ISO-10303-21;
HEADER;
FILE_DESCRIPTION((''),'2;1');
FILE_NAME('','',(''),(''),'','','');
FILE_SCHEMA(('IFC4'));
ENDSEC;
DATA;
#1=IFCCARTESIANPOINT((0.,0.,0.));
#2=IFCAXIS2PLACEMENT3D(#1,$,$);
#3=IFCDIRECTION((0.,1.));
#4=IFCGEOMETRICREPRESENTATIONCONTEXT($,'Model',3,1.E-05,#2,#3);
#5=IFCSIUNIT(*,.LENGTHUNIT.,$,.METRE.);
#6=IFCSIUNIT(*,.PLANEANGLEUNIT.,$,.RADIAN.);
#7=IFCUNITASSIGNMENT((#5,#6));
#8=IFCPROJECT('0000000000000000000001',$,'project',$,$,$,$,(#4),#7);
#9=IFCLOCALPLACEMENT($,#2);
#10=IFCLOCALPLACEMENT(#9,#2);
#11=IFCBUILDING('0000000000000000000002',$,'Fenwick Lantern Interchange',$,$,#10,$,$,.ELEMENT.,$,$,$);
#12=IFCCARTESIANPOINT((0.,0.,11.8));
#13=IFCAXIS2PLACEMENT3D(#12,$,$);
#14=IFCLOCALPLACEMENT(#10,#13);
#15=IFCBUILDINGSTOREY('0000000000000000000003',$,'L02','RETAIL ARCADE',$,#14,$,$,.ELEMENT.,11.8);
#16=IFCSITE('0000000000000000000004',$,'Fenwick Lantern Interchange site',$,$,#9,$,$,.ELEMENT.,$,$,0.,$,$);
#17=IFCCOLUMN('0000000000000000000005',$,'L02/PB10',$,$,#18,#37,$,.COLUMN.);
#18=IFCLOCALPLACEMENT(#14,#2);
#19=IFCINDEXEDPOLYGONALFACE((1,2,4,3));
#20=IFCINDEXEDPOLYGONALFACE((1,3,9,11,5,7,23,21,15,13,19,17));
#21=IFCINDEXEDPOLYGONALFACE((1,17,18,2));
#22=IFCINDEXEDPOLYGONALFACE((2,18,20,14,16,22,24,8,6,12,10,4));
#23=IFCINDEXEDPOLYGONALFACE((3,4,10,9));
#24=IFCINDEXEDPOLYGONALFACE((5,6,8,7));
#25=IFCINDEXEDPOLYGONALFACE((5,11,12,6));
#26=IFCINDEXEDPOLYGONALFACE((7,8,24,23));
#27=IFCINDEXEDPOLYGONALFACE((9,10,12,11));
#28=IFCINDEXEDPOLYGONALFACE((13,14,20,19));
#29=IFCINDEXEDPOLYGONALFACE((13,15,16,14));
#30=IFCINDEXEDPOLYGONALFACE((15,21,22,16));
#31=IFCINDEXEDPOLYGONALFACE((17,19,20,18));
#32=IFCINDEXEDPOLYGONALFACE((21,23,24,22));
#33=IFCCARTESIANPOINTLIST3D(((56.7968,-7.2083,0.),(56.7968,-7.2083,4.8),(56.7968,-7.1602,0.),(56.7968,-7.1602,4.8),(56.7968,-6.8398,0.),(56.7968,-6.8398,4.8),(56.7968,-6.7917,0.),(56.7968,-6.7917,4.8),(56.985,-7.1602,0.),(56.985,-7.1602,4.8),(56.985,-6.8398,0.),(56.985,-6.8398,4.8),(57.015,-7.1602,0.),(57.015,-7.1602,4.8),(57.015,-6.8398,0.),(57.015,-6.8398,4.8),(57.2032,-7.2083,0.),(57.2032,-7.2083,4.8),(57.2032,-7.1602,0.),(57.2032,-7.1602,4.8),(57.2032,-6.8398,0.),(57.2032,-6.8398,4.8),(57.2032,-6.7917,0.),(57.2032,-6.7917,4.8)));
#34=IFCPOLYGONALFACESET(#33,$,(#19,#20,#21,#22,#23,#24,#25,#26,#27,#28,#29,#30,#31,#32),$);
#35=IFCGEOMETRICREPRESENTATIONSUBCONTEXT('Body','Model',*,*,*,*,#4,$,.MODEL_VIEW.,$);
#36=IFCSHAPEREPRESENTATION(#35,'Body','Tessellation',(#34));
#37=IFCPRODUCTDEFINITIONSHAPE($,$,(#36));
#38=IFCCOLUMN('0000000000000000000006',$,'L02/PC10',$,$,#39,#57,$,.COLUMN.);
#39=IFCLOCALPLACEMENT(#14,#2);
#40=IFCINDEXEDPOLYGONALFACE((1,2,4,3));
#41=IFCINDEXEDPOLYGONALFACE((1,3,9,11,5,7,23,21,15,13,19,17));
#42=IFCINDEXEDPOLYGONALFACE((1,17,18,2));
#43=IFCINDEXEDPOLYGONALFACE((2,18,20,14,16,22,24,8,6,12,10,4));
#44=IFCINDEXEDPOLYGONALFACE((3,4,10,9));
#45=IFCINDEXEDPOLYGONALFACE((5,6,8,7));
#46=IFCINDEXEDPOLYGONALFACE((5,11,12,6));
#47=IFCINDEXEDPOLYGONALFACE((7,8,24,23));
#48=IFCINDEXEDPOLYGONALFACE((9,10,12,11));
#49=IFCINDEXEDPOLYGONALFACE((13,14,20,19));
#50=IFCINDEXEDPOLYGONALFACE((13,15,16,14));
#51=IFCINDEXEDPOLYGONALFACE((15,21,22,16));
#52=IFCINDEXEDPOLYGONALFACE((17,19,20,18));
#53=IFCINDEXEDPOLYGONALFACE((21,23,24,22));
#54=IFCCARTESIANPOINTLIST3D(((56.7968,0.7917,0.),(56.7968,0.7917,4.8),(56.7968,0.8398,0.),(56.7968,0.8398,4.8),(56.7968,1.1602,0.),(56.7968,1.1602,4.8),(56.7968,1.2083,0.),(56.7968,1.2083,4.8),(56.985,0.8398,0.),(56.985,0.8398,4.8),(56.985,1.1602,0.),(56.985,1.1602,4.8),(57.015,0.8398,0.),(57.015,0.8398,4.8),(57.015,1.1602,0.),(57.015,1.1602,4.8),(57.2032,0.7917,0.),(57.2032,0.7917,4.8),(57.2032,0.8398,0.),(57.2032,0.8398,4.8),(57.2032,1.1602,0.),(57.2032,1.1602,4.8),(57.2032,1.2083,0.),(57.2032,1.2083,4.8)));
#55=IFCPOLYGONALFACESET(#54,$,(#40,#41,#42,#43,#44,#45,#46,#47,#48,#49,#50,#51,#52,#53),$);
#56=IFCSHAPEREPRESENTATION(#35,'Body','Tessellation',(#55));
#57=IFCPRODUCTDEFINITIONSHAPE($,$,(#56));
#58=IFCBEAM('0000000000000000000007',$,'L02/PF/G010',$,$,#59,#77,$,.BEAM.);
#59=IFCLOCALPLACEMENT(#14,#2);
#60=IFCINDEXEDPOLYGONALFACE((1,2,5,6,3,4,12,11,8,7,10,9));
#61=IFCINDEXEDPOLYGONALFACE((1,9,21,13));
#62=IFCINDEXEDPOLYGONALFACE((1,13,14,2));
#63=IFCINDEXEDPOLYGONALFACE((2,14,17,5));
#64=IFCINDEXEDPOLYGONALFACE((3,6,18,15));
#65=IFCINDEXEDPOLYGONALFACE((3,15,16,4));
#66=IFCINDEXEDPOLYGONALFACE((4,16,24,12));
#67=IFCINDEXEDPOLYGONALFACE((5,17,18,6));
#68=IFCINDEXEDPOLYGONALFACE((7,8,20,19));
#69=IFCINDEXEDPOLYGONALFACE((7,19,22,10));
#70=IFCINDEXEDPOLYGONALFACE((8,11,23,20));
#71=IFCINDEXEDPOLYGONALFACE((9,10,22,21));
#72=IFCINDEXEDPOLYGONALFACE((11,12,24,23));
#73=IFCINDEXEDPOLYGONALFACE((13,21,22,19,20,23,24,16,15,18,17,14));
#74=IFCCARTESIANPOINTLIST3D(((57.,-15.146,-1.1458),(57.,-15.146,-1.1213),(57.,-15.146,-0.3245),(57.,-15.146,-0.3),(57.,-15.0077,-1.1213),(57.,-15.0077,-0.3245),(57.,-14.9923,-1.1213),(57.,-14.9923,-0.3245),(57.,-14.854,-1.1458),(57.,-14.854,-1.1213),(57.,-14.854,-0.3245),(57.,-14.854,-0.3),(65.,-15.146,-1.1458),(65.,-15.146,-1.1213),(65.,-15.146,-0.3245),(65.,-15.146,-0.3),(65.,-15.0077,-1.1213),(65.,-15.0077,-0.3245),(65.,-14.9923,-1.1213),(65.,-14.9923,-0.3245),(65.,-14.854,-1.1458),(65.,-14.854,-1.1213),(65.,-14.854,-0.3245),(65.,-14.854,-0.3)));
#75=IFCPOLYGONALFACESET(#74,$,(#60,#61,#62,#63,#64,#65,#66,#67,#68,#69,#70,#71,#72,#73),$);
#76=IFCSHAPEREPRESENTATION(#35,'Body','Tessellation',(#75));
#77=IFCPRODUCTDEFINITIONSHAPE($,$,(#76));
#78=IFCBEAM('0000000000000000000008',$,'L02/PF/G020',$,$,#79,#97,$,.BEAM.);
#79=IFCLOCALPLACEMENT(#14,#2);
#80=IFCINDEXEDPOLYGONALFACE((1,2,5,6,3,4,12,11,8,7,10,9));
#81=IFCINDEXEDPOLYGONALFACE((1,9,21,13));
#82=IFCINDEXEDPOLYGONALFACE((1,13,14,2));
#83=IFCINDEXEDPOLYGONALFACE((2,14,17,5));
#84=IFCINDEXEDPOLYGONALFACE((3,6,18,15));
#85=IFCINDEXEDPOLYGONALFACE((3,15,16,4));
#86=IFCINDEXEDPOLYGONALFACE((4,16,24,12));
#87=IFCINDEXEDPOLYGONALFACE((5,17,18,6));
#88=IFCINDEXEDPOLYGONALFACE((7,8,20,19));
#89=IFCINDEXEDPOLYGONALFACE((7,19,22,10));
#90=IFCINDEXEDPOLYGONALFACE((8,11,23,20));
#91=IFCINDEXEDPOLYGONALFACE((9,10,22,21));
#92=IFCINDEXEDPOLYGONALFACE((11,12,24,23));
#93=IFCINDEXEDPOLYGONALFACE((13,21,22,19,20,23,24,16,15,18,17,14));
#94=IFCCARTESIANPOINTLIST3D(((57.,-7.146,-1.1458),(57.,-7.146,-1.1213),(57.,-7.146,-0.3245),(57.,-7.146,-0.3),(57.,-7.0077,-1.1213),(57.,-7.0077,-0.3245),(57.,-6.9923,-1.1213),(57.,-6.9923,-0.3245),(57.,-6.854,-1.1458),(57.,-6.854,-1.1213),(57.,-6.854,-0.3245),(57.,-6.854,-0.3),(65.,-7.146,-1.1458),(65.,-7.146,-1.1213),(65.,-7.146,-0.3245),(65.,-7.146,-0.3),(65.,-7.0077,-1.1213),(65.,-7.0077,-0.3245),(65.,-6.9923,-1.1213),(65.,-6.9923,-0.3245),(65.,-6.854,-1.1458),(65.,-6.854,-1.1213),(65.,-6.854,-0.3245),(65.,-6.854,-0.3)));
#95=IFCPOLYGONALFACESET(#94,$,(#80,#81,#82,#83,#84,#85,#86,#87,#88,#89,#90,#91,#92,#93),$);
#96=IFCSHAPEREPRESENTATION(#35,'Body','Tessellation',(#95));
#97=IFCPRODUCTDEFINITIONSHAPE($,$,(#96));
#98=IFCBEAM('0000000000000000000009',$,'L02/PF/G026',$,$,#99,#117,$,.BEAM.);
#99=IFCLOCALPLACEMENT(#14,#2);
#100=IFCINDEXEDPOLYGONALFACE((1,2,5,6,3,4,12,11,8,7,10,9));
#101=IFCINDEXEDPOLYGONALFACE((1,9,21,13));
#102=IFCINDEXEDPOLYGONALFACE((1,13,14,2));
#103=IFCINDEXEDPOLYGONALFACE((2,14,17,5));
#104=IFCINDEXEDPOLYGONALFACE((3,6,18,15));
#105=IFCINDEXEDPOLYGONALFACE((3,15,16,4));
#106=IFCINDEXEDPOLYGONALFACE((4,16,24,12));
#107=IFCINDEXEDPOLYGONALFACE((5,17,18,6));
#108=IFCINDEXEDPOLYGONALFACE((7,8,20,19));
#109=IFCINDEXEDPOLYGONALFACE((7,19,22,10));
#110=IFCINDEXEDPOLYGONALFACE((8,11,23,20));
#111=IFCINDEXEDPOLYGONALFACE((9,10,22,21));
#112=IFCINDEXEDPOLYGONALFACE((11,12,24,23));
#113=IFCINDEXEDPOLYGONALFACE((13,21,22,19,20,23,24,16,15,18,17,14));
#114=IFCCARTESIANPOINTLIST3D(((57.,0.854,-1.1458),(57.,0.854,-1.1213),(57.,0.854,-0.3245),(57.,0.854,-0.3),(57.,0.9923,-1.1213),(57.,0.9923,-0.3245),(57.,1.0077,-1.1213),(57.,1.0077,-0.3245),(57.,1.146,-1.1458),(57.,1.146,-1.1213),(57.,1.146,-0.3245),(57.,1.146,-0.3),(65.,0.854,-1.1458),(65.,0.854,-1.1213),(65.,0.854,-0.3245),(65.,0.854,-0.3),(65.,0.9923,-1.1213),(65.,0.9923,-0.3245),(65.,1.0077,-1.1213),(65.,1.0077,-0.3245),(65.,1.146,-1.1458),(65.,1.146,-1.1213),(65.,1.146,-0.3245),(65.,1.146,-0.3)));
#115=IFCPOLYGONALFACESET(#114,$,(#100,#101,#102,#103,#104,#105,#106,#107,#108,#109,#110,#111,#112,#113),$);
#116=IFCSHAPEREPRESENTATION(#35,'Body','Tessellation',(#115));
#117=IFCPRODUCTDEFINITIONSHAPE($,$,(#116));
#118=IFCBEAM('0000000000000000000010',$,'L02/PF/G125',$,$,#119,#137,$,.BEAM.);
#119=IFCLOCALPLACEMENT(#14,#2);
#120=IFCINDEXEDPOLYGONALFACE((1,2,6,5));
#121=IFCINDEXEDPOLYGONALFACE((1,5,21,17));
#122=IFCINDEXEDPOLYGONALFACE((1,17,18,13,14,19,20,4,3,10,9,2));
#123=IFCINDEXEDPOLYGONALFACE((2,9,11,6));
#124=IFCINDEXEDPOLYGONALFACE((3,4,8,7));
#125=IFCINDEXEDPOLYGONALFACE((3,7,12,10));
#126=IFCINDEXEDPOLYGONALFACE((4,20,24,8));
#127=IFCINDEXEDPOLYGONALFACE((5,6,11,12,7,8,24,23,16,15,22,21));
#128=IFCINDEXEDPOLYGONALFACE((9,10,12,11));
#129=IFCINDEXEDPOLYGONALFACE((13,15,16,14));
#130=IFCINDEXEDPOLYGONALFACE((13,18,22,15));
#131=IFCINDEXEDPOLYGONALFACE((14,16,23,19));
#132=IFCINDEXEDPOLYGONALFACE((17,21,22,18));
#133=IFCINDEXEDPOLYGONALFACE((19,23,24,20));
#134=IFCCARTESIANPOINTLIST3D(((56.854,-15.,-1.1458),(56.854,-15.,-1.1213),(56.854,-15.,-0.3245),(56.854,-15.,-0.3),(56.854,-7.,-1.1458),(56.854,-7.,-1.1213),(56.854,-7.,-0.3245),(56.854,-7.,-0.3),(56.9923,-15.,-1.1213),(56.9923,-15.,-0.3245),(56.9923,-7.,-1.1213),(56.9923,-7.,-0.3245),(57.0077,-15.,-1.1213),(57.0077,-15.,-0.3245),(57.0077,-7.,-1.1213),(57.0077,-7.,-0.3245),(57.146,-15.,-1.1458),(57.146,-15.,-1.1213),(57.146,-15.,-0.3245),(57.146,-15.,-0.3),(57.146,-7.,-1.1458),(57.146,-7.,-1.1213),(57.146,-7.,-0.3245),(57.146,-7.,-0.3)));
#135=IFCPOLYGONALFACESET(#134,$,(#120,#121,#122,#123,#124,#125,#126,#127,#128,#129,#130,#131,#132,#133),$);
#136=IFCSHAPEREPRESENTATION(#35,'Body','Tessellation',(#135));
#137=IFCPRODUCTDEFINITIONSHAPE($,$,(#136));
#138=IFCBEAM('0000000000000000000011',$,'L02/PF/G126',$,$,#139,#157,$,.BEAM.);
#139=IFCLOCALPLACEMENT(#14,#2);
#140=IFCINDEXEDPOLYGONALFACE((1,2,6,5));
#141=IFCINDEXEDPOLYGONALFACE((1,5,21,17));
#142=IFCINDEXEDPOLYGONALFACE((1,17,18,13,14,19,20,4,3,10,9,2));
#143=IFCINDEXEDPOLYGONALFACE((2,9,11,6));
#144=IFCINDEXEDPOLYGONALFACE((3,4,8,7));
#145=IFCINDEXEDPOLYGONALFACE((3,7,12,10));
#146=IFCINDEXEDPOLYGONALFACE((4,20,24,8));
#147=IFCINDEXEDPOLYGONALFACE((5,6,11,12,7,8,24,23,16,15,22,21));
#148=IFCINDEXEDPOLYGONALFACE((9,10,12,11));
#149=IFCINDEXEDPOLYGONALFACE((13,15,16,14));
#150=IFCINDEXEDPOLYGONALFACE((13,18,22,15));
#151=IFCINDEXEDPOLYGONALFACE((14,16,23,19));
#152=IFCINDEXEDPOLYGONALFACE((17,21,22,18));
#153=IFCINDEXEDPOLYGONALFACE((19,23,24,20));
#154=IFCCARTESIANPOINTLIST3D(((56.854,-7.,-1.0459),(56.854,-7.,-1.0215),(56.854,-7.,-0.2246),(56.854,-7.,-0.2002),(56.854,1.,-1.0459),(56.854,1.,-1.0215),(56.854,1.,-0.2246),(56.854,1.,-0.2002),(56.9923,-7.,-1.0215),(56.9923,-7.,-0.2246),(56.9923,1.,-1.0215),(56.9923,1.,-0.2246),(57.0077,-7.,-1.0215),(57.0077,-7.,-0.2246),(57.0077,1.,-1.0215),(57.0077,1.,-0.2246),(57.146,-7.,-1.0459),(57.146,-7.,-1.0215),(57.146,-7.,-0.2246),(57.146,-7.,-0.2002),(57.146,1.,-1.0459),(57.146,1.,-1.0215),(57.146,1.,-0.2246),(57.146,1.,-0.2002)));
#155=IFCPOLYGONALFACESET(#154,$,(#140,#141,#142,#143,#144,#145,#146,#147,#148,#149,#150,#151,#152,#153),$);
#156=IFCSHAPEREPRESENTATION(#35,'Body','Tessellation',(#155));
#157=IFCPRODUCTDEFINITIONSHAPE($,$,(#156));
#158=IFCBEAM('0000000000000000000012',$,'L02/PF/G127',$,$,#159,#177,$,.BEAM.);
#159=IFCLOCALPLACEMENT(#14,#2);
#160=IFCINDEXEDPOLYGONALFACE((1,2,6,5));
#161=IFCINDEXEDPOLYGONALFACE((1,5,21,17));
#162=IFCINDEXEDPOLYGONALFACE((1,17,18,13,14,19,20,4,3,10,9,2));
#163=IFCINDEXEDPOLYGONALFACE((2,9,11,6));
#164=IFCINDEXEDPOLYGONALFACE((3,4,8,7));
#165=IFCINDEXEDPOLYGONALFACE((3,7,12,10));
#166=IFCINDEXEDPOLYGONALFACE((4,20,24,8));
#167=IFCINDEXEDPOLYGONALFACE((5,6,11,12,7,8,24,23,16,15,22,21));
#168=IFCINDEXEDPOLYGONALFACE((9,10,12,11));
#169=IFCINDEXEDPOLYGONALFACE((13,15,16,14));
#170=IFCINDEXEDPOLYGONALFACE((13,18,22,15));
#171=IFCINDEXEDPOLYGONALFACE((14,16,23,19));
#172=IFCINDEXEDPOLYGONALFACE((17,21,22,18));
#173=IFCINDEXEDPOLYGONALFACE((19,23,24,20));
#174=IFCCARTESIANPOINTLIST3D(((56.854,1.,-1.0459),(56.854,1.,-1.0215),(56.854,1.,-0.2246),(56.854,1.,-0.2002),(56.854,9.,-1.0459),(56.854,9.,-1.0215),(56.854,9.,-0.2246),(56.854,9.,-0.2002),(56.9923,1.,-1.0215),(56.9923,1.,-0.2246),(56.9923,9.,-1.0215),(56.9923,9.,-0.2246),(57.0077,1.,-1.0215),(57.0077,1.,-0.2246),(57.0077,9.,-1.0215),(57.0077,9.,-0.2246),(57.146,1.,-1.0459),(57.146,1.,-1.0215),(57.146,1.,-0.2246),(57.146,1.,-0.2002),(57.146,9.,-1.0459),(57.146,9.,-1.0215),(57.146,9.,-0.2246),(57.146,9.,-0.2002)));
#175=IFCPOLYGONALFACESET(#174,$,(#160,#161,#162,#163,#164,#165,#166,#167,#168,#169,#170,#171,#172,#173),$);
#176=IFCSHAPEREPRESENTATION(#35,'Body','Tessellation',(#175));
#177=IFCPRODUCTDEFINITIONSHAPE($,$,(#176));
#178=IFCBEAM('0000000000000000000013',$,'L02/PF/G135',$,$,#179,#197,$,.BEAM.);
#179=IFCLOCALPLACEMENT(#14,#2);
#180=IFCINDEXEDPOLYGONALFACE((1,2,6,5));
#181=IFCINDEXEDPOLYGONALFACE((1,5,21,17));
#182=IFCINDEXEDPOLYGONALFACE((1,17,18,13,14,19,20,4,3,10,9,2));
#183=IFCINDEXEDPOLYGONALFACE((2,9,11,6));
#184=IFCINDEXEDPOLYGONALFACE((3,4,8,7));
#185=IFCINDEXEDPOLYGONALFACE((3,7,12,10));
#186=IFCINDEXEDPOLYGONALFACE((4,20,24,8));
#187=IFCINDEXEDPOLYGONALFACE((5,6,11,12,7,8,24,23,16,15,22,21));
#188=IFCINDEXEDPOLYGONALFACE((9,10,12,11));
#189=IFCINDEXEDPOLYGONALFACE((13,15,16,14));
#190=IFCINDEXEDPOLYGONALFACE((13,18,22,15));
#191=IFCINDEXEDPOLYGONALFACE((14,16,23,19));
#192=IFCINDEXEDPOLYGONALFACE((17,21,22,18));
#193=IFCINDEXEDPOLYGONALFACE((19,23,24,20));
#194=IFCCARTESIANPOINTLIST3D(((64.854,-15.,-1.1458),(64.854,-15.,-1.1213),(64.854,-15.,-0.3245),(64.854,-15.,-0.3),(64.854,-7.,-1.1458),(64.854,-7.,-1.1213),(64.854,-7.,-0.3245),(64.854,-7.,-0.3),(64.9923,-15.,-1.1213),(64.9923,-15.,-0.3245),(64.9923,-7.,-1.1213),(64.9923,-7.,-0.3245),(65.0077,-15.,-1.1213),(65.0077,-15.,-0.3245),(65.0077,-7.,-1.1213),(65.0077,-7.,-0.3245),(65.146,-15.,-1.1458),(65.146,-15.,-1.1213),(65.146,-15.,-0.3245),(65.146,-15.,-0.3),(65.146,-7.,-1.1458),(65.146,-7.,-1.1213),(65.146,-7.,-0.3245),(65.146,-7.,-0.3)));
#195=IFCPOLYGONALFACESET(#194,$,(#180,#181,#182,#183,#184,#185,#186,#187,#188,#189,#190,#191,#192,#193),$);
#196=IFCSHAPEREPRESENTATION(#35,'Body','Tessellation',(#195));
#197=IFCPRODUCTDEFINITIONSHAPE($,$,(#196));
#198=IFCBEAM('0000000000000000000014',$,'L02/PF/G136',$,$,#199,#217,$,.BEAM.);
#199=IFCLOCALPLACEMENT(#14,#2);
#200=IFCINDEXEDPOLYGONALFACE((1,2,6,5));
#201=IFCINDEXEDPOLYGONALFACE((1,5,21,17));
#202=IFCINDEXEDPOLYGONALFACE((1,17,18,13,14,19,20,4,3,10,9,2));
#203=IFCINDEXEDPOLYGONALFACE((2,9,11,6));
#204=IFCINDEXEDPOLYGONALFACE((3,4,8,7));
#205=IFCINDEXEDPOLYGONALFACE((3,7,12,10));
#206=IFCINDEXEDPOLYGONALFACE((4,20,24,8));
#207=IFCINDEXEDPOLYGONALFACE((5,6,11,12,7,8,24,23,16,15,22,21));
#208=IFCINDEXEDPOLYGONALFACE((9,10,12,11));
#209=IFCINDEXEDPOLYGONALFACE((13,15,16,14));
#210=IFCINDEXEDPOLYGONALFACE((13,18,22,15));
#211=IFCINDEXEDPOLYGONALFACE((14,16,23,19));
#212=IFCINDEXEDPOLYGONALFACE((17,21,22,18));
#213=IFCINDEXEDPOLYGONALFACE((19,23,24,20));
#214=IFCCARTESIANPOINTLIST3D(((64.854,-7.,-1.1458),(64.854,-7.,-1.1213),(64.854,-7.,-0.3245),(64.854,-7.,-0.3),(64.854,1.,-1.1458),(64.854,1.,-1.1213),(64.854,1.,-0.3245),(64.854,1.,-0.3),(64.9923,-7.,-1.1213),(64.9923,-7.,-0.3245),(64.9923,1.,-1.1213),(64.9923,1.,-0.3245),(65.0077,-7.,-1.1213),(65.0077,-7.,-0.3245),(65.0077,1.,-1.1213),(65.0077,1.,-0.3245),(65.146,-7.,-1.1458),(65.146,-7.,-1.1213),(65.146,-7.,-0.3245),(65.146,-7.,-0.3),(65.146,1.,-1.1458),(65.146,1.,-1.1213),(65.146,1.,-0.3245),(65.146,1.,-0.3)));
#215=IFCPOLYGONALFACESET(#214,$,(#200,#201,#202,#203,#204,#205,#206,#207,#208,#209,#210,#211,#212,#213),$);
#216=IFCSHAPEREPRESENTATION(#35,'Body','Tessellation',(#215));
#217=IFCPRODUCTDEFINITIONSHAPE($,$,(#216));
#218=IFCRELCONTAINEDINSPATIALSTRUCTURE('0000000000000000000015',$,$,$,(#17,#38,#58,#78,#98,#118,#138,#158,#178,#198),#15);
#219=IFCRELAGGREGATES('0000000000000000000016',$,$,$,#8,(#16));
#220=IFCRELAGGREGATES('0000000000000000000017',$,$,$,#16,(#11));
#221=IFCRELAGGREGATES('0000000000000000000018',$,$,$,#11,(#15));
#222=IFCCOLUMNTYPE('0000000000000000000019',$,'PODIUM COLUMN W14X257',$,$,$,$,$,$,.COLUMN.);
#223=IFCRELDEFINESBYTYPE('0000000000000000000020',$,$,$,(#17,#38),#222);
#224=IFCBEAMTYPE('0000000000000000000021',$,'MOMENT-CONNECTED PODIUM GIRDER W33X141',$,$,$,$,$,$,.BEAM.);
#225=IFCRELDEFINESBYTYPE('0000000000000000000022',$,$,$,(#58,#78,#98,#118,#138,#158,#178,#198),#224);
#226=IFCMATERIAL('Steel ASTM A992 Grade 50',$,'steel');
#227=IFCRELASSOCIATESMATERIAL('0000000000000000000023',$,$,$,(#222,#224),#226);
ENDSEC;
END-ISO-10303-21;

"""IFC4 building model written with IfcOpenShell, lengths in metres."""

from ifc_helpers import new_model, si_unit, direction, frame, origin, origin_2d, place, context, subcontext, project, spatial, i_section, extrude, material, material_profile, profile_set, type_object, element, save


model = new_model("IFC4")

# Units and contexts
model_context = context("Model", 3, precision=1e-05, world=origin(), true_north=direction((0.0, 1.0)))
body_context = subcontext(model_context, "Body", "Model", "MODEL_VIEW")
ifc_project = project(units=[si_unit("LENGTHUNIT", "METRE"), si_unit("PLANEANGLEUNIT", "RADIAN")], contexts=[model_context])

# Site, building, storey
site_placement = place(None, origin())
site = spatial("IfcSite", under=ifc_project, at=site_placement, Name="Fenwick Lantern Interchange site", CompositionType="ELEMENT", RefElevation=0.0)
building_placement = place(site_placement, origin())
building = spatial("IfcBuilding", under=site, at=building_placement, Name="Fenwick Lantern Interchange", CompositionType="ELEMENT")
storey_placement = place(building_placement, frame((0.0, 0.0, 11.8)))
storey = spatial("IfcBuildingStorey", under=building, at=storey_placement, Name="L02", Description="RETAIL ARCADE", CompositionType="ELEMENT", Elevation=11.8)

# Columns
ifc_material_1 = material(Name="Steel ASTM A992 Grade 50", Category="steel")
ifc_material_profile_1 = material_profile(ifc_material_1, i_section(OverallWidth=0.4065, OverallDepth=0.4165, WebThickness=0.03, FlangeThickness=0.0481, at=origin_2d()), Name="W14X257")
ifc_profile_set_1 = profile_set([ifc_material_profile_1], Name="Steel ASTM A992 Grade 50")
column_type = type_object("IfcColumnType", Name="PODIUM COLUMN W14X257", PredefinedType="COLUMN", material=ifc_profile_set_1)
for number, where, z_axis, x_axis, name in (
    (1, (57.0, -7.0, 0.0), (0.0, 0.0, 1.0), (1.0, 0.0, 0.0), "L02/PB10"),
    (2, (57.0, 1.0, 0.0), (0.0, 0.0, 1.0), (1.0, 0.0, 0.0), "L02/PC10"),
):
    element("IfcColumn", number, at=place(storey_placement, frame(where, z_axis=z_axis, x_axis=x_axis)), inside=storey, type_object=column_type, Name=name, PredefinedType="COLUMN", context=body_context, shape_type="SweptSolid", body=[
        extrude(i_section(OverallWidth=0.4065, OverallDepth=0.4165, WebThickness=0.03, FlangeThickness=0.0481, at=origin_2d()), origin(), (0.0, 0.0, 1.0), 4.8),
    ])

# Beams
ifc_material_profile_2 = material_profile(ifc_material_1, i_section(OverallWidth=0.292, OverallDepth=0.8457, WebThickness=0.0154, FlangeThickness=0.0244, at=origin_2d()), Name="W33X141")
ifc_profile_set_2 = profile_set([ifc_material_profile_2], Name="Steel ASTM A992 Grade 50")
beam_type_1 = type_object("IfcBeamType", Name="MOMENT-CONNECTED PODIUM GIRDER W33X141", PredefinedType="BEAM", material=ifc_profile_set_2)
for number, where, z_axis, x_axis, name in (
    (3, (57.0, -15.0, -0.7229), (1.0, 0.0, 0.0), (0.0, 1.0, 0.0), "L02/PF/G010"),
    (4, (57.0, -7.0, -0.7229), (1.0, 0.0, 0.0), (0.0, 1.0, 0.0), "L02/PF/G020"),
    (5, (57.0, 1.0, -0.7229), (1.0, 0.0, 0.0), (0.0, 1.0, 0.0), "L02/PF/G026"),
    (6, (57.0, -15.0, -0.7229), (0.0, 1.0, 0.0), (-1.0, 0.0, 0.0), "L02/PF/G125"),
    (7, (57.0, -7.0, -0.623), (0.0, 1.0, 0.0), (-1.0, 0.0, 0.0), "L02/PF/G126"),
    (8, (57.0, 1.0, -0.623), (0.0, 1.0, 0.0), (-1.0, 0.0, 0.0), "L02/PF/G127"),
    (9, (65.0, -15.0, -0.7229), (0.0, 1.0, 0.0), (-1.0, 0.0, 0.0), "L02/PF/G135"),
    (10, (65.0, -7.0, -0.7229), (0.0, 1.0, 0.0), (-1.0, 0.0, 0.0), "L02/PF/G136"),
):
    element("IfcBeam", number, at=place(storey_placement, frame(where, z_axis=z_axis, x_axis=x_axis)), inside=storey, type_object=beam_type_1, Name=name, PredefinedType="BEAM", context=body_context, shape_type="SweptSolid", body=[
        extrude(i_section(OverallWidth=0.292, OverallDepth=0.8457, WebThickness=0.0154, FlangeThickness=0.0244, at=origin_2d()), origin(), (0.0, 0.0, 1.0), 8.0),
    ])

save(model, "model.ifc")
